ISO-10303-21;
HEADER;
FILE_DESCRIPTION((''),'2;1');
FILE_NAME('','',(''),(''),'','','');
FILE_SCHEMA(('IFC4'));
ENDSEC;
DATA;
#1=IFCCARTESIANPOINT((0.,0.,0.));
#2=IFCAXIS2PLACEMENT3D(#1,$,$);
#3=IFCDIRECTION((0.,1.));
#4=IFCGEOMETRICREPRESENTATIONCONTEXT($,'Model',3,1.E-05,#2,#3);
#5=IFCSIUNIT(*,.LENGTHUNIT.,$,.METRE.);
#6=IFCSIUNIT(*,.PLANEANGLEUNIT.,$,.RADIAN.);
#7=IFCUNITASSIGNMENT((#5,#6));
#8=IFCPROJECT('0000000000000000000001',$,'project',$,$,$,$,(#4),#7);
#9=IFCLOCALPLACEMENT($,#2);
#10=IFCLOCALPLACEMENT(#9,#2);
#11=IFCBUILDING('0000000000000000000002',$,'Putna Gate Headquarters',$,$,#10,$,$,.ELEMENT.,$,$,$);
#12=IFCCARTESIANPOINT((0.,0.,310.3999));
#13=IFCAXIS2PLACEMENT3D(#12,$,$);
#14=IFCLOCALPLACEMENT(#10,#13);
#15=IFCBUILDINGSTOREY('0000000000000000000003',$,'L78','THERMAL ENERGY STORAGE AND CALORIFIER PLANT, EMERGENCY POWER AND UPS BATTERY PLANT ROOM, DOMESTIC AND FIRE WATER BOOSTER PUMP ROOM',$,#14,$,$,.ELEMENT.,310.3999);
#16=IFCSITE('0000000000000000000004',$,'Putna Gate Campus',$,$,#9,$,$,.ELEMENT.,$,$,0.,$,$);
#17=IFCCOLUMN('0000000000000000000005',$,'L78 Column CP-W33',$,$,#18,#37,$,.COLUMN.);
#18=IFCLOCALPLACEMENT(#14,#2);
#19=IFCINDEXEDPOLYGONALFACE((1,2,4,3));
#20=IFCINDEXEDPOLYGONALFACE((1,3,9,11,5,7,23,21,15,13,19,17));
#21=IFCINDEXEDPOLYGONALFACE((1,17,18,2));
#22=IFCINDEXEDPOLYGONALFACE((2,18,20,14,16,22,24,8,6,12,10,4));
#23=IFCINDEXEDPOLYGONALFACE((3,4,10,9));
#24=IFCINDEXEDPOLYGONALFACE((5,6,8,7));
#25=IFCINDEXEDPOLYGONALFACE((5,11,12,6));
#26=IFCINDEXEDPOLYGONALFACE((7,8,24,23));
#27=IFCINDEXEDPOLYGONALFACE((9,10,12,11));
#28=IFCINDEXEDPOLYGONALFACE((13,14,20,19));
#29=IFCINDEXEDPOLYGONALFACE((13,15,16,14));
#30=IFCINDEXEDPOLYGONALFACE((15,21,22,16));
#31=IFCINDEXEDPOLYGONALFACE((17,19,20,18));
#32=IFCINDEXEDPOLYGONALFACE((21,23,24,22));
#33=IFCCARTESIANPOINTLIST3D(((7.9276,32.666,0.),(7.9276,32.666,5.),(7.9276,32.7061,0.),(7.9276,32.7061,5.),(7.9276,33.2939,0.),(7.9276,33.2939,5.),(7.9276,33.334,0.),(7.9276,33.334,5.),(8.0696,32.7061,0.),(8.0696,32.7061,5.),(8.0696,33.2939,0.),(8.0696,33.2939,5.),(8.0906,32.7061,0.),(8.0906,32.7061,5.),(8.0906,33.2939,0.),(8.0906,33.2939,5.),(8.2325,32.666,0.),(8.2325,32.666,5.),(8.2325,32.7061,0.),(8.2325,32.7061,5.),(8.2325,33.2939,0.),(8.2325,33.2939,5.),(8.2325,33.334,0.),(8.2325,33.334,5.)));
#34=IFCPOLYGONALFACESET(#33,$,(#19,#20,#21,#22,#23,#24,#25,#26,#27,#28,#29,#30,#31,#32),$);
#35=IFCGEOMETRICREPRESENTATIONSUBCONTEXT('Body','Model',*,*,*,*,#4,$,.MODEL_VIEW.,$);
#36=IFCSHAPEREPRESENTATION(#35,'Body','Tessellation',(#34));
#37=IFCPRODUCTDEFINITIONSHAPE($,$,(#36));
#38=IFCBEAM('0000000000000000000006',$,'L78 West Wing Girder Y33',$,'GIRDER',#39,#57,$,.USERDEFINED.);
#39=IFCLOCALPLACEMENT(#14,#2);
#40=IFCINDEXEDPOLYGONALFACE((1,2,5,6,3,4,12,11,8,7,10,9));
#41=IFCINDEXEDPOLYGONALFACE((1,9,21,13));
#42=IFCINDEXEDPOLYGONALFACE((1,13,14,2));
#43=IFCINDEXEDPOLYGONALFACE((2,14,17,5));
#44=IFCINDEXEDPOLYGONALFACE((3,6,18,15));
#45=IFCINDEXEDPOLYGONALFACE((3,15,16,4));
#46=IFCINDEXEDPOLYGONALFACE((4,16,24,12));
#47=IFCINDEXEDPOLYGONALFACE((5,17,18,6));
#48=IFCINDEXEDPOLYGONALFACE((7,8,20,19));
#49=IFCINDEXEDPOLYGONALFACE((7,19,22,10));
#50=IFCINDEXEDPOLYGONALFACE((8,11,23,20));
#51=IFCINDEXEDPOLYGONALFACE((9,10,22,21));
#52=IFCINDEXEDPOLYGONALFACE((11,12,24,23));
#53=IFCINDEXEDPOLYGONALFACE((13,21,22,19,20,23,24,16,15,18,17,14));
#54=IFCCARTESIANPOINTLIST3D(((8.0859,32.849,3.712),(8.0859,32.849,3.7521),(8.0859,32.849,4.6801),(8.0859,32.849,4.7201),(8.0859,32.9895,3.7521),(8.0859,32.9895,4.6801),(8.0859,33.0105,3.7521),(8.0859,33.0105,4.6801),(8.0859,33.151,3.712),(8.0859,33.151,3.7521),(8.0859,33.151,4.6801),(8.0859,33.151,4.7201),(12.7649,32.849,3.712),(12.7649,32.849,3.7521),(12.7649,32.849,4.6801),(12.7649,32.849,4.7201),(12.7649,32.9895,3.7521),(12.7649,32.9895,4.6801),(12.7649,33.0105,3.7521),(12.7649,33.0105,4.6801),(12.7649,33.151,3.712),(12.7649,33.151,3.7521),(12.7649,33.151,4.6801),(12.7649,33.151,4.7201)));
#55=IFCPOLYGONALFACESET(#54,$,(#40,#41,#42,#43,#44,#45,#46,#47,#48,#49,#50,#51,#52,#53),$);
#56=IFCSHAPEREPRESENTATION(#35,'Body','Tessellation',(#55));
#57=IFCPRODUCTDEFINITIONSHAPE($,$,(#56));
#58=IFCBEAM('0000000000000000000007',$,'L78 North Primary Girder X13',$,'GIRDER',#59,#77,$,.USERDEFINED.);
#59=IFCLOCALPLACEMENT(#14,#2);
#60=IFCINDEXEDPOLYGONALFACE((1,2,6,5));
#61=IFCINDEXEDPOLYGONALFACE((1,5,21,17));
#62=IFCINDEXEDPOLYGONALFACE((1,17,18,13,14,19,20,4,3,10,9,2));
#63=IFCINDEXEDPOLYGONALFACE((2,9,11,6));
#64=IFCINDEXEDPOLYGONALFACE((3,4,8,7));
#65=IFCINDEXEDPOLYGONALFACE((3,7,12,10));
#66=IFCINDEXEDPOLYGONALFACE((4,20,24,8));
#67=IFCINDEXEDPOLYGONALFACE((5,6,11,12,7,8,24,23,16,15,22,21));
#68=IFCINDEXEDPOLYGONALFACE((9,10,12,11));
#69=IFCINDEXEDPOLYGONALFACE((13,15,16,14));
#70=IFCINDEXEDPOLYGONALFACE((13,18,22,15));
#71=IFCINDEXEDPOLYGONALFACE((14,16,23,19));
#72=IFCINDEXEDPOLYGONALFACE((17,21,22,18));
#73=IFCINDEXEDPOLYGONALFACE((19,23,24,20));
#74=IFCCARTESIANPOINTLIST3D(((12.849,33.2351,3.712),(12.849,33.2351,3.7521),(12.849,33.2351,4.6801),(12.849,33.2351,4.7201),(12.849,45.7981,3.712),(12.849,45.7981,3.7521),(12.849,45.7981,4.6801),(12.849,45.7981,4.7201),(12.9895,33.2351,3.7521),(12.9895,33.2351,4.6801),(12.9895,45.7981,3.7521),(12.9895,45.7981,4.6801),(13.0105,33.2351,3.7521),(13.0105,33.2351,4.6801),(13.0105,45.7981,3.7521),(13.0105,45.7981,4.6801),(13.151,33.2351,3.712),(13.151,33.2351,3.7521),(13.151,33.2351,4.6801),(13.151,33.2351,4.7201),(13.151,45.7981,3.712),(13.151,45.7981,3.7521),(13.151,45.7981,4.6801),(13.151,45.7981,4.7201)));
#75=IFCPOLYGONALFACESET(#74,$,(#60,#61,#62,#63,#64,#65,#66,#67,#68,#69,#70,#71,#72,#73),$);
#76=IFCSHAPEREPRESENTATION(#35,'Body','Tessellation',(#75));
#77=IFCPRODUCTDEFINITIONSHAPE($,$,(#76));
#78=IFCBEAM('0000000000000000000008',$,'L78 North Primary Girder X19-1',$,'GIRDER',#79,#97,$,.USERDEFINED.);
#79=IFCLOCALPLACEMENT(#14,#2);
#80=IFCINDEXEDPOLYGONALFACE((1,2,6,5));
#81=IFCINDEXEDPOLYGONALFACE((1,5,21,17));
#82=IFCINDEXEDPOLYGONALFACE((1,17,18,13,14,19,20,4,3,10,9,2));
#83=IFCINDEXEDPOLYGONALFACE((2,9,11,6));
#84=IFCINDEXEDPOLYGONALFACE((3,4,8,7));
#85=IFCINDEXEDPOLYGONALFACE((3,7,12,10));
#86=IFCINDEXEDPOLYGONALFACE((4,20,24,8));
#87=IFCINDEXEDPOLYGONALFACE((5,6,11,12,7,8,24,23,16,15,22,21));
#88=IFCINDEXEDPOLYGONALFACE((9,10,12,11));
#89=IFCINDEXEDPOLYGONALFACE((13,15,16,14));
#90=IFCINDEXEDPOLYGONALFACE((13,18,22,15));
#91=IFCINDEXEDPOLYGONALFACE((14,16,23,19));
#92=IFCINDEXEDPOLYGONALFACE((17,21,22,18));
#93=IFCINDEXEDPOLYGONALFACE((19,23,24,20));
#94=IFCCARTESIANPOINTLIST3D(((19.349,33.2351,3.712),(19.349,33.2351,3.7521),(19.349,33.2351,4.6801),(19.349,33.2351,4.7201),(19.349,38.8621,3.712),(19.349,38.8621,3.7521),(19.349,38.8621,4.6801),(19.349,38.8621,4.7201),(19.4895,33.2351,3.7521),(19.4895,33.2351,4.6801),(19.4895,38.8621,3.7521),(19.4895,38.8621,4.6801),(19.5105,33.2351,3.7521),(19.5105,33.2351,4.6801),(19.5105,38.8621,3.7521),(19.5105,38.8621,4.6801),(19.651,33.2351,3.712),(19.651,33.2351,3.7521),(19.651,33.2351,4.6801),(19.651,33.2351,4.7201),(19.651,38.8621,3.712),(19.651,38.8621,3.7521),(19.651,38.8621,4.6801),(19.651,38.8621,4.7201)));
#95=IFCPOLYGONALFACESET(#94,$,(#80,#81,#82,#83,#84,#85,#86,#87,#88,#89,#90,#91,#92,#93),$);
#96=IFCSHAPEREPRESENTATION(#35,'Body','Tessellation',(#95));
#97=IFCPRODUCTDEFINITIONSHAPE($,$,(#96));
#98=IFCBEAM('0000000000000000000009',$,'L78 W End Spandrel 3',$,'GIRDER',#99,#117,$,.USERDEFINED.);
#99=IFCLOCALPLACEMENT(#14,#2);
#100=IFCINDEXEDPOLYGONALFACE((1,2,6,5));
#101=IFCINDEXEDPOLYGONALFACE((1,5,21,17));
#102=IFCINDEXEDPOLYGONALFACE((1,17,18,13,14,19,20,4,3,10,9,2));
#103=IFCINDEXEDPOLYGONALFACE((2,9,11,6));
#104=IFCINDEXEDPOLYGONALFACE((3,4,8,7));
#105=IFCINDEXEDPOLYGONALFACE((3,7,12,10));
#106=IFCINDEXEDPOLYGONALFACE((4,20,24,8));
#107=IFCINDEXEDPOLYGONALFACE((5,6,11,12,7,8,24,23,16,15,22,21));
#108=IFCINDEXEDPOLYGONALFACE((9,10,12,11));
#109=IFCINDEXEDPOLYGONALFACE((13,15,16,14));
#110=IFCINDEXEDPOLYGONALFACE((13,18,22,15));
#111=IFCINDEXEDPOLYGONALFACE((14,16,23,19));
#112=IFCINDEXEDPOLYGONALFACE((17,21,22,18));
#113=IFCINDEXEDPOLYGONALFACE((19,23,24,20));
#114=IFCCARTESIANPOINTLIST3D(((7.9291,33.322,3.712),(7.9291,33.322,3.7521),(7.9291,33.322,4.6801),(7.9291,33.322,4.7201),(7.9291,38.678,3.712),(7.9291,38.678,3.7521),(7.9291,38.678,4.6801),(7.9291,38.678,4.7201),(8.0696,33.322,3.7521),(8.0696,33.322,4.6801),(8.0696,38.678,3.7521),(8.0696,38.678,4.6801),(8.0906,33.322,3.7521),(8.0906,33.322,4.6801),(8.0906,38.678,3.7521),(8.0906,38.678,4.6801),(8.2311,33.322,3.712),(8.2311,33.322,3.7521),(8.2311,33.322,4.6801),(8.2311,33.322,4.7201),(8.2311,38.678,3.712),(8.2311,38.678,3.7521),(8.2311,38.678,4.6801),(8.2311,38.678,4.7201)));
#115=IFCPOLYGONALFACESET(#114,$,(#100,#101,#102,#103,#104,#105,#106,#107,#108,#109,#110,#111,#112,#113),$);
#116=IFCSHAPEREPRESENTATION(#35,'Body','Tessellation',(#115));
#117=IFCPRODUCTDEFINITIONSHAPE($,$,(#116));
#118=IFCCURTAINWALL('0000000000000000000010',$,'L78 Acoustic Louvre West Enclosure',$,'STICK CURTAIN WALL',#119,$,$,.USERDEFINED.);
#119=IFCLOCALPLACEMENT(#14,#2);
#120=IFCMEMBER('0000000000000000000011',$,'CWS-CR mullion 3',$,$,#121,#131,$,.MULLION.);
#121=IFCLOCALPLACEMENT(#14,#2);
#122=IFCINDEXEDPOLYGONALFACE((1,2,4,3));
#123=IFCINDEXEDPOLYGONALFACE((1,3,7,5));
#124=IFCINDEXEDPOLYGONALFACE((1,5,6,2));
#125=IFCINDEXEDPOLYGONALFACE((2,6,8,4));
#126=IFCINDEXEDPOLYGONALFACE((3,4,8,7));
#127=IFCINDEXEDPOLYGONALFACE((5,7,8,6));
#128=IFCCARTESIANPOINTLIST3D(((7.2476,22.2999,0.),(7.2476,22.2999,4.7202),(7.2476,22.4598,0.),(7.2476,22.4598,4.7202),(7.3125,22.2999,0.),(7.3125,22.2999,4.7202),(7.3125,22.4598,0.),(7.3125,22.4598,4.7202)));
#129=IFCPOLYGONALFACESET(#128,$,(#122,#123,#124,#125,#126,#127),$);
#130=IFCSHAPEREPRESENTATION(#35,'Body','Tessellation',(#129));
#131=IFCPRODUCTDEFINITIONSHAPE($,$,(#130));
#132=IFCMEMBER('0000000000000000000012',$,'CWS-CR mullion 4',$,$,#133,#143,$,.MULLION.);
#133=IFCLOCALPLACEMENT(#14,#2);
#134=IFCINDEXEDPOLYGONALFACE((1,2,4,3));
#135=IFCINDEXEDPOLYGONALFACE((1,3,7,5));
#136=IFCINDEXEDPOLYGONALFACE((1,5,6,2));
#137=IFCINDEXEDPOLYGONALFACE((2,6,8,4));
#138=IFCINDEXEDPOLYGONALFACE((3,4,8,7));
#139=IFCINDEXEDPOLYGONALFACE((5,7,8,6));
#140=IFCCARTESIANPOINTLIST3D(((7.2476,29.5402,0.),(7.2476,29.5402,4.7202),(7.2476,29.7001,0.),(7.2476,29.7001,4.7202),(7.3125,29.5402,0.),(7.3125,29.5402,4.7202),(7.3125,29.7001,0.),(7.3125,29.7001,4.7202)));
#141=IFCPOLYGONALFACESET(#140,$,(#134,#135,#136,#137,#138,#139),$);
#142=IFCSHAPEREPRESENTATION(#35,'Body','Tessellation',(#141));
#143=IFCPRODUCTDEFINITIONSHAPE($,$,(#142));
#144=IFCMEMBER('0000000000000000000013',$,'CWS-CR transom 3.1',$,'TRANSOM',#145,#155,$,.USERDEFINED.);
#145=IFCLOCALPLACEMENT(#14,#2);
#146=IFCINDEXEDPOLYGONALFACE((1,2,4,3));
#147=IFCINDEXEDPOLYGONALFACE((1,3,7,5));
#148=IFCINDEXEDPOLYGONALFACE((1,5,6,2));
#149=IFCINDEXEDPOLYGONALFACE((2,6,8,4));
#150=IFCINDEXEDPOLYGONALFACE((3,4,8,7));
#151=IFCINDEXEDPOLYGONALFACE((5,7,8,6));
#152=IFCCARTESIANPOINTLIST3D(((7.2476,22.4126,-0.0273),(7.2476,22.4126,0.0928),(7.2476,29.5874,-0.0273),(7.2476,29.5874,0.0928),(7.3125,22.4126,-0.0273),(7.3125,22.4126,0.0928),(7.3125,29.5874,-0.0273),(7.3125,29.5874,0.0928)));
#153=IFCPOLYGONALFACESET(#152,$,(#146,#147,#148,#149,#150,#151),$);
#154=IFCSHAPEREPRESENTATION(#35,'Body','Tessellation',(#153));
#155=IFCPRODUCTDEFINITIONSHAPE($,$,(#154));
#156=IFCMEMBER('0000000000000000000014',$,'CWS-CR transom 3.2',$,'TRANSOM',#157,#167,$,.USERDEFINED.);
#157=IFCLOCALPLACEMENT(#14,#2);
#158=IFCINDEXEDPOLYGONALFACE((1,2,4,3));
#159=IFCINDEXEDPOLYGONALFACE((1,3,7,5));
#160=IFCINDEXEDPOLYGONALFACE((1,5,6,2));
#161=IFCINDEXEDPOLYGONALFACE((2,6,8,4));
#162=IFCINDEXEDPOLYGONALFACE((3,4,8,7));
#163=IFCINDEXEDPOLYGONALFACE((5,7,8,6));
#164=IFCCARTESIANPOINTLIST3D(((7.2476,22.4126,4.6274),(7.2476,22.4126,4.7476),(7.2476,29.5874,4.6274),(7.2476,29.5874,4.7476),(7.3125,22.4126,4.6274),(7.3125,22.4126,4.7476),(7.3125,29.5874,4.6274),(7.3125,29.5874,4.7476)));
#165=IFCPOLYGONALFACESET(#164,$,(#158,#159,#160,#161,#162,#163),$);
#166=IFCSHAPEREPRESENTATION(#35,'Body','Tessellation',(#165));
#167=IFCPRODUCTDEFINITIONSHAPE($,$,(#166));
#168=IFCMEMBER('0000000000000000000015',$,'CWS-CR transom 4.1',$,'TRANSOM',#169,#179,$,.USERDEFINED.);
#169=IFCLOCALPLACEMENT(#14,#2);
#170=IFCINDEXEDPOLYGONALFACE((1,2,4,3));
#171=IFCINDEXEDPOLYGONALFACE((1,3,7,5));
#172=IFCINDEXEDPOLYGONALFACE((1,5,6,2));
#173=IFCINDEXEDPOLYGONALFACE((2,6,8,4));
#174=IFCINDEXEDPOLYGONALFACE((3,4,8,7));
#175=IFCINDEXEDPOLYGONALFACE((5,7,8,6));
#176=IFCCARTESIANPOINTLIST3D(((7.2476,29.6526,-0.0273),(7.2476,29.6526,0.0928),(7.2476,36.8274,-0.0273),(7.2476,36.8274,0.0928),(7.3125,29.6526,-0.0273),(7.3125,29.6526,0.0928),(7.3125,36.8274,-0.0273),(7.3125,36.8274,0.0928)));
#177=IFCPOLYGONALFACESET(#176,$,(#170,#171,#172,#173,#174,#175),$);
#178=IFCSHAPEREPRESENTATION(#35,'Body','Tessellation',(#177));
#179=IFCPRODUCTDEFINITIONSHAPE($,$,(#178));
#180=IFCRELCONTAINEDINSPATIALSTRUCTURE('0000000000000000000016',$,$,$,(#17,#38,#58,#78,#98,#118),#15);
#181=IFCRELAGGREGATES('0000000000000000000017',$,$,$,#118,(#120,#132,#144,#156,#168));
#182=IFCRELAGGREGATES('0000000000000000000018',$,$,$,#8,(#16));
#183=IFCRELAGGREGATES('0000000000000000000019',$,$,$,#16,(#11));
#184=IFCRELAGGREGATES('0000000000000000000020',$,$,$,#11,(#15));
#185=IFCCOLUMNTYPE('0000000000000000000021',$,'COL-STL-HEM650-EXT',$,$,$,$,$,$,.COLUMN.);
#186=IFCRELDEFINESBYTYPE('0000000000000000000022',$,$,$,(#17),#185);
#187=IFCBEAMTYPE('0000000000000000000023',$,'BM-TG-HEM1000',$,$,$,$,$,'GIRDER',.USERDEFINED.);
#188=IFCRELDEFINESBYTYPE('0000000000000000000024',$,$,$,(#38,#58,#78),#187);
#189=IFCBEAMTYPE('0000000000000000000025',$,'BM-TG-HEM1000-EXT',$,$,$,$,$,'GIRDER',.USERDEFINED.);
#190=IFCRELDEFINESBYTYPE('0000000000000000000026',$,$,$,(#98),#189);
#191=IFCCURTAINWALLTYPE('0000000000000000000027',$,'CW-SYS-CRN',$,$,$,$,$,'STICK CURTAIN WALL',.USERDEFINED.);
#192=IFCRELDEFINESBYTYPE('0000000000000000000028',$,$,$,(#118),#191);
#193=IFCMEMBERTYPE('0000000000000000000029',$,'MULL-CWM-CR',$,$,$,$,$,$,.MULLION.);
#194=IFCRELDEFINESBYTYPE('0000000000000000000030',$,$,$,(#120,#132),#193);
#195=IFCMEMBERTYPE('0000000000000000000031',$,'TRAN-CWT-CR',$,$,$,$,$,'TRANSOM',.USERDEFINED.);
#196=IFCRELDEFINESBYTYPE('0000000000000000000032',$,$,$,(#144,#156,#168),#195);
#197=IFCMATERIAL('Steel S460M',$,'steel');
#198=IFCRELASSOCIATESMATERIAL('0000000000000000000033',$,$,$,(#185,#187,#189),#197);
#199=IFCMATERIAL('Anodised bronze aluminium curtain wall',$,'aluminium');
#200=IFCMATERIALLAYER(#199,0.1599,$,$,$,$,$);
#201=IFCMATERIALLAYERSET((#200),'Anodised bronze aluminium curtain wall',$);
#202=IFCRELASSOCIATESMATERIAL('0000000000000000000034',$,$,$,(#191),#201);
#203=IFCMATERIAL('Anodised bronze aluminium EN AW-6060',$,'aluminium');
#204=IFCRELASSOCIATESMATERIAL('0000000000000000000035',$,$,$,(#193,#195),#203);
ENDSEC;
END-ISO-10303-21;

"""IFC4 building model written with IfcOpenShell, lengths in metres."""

from ifc_helpers import new_model, si_unit, direction, frame, origin, origin_2d, place, context, subcontext, project, spatial, rectangle, i_section, extrude, material, layer, layer_set, material_profile, profile_set, type_object, element, aggregate, save


model = new_model("IFC4")

# Units and contexts
model_context = context("Model", 3, precision=1e-05, world=origin(), true_north=direction((0.0, 1.0)))
body_context = subcontext(model_context, "Body", "Model", "MODEL_VIEW")
ifc_project = project(units=[si_unit("LENGTHUNIT", "METRE"), si_unit("PLANEANGLEUNIT", "RADIAN")], contexts=[model_context])

# Site, building, storey
site_placement = place(None, origin())
site = spatial("IfcSite", under=ifc_project, at=site_placement, Name="Putna Gate Campus", CompositionType="ELEMENT", RefElevation=0.0)
building_placement = place(site_placement, origin())
building = spatial("IfcBuilding", under=site, at=building_placement, Name="Putna Gate Headquarters", CompositionType="ELEMENT")
storey_placement = place(building_placement, frame((0.0, 0.0, 310.3999)))
storey = spatial("IfcBuildingStorey", under=building, at=storey_placement, Name="L78", Description="THERMAL ENERGY STORAGE AND CALORIFIER PLANT, EMERGENCY POWER AND UPS BATTERY PLANT ROOM, DOMESTIC AND FIRE WATER BOOSTER PUMP ROOM", CompositionType="ELEMENT", Elevation=310.3999)

# Column
ifc_material_1 = material(Name="Steel S460M", Category="steel")
ifc_material_profile_1 = material_profile(ifc_material_1, i_section(OverallWidth=0.3049, OverallDepth=0.668, WebThickness=0.021, FlangeThickness=0.04, at=origin_2d()), Name="Steel S460M")
ifc_profile_set_1 = profile_set([ifc_material_profile_1], Name="Steel S460M")
column_type = type_object("IfcColumnType", Name="COL-STL-HEM650-EXT", PredefinedType="COLUMN", material=ifc_profile_set_1)
column_placement = place(storey_placement, frame((8.0801, 33.0, 0.0), z_axis=(0.0, 0.0, 1.0), x_axis=(1.0, 0.0, 0.0)))
element("IfcColumn", 1, at=column_placement, inside=storey, type_object=column_type, Name="L78 Column CP-W33", PredefinedType="COLUMN", context=body_context, shape_type="SweptSolid", body=[
    extrude(i_section(OverallWidth=0.3049, OverallDepth=0.668, WebThickness=0.021, FlangeThickness=0.04, at=origin_2d()), origin(), (0.0, 0.0, 1.0), 5.0),
])

# Beams
ifc_material_profile_2 = material_profile(ifc_material_1, i_section(OverallWidth=0.302, OverallDepth=1.0081, WebThickness=0.021, FlangeThickness=0.04, at=origin_2d()), Name="Steel S460M")
ifc_profile_set_2 = profile_set([ifc_material_profile_2], Name="Steel S460M")
beam_type_1 = type_object("IfcBeamType", Name="BM-TG-HEM1000", ElementType="GIRDER", PredefinedType="USERDEFINED", material=ifc_profile_set_2)
beam_1_placement = place(storey_placement, frame((8.0859, 33.0, 4.2161), z_axis=(1.0, 0.0, 0.0), x_axis=(0.0, 1.0, 0.0)))
element("IfcBeam", 2, at=beam_1_placement, inside=storey, type_object=beam_type_1, Name="L78 West Wing Girder Y33", ObjectType="GIRDER", PredefinedType="USERDEFINED", context=body_context, shape_type="SweptSolid", body=[
    extrude(i_section(OverallWidth=0.302, OverallDepth=1.0081, WebThickness=0.021, FlangeThickness=0.04, at=origin_2d()), origin(), (0.0, 0.0, 1.0), 4.679),
])
beam_2_placement = place(storey_placement, frame((13.0, 33.2351, 4.2161), z_axis=(0.0, 1.0, 0.0), x_axis=(-1.0, 0.0, 0.0)))
element("IfcBeam", 3, at=beam_2_placement, inside=storey, type_object=beam_type_1, Name="L78 North Primary Girder X13", ObjectType="GIRDER", PredefinedType="USERDEFINED", context=body_context, shape_type="SweptSolid", body=[
    extrude(i_section(OverallWidth=0.302, OverallDepth=1.0081, WebThickness=0.021, FlangeThickness=0.04, at=origin_2d()), origin(), (0.0, 0.0, 1.0), 12.563),
])
beam_3_placement = place(storey_placement, frame((19.5, 33.2351, 4.2161), z_axis=(0.0, 1.0, 0.0), x_axis=(-1.0, 0.0, 0.0)))
element("IfcBeam", 4, at=beam_3_placement, inside=storey, type_object=beam_type_1, Name="L78 North Primary Girder X19-1", ObjectType="GIRDER", PredefinedType="USERDEFINED", context=body_context, shape_type="SweptSolid", body=[
    extrude(i_section(OverallWidth=0.302, OverallDepth=1.0081, WebThickness=0.021, FlangeThickness=0.04, at=origin_2d()), origin(), (0.0, 0.0, 1.0), 5.627),
])
ifc_material_profile_3 = material_profile(ifc_material_1, i_section(OverallWidth=0.302, OverallDepth=1.0081, WebThickness=0.021, FlangeThickness=0.04, at=origin_2d()), Name="Steel S460M")
ifc_profile_set_3 = profile_set([ifc_material_profile_3], Name="Steel S460M")
beam_type_2 = type_object("IfcBeamType", Name="BM-TG-HEM1000-EXT", ElementType="GIRDER", PredefinedType="USERDEFINED", material=ifc_profile_set_3)
beam_4_placement = place(storey_placement, frame((8.0801, 33.322, 4.2161), z_axis=(0.0, 1.0, 0.0), x_axis=(-1.0, 0.0, 0.0)))
element("IfcBeam", 5, at=beam_4_placement, inside=storey, type_object=beam_type_2, Name="L78 W End Spandrel 3", ObjectType="GIRDER", PredefinedType="USERDEFINED", context=body_context, shape_type="SweptSolid", body=[
    extrude(i_section(OverallWidth=0.302, OverallDepth=1.0081, WebThickness=0.021, FlangeThickness=0.04, at=origin_2d()), origin(), (0.0, 0.0, 1.0), 5.356),
])

# Curtain wall, members
ifc_material_2 = material(Name="Anodised bronze aluminium curtain wall", Category="aluminium")
ifc_layer_1 = layer(ifc_material_2, 0.1599)
ifc_layer_set_1 = layer_set([ifc_layer_1], Name="Anodised bronze aluminium curtain wall")
curtain_wall_type = type_object("IfcCurtainWallType", Name="CW-SYS-CRN", ElementType="STICK CURTAIN WALL", PredefinedType="USERDEFINED", material=ifc_layer_set_1)
curtain_wall_placement = place(storey_placement, origin())
curtain_wall = element("IfcCurtainWall", 6, at=curtain_wall_placement, inside=storey, type_object=curtain_wall_type, Name="L78 Acoustic Louvre West Enclosure", ObjectType="STICK CURTAIN WALL", PredefinedType="USERDEFINED")
ifc_material_3 = material(Name="Anodised bronze aluminium EN AW-6060", Category="aluminium")
ifc_material_profile_4 = material_profile(ifc_material_3, rectangle(XDim=0.0649, YDim=0.1599, at=origin_2d()), Name="Anodised bronze aluminium EN AW-6060")
ifc_profile_set_4 = profile_set([ifc_material_profile_4], Name="Anodised bronze aluminium EN AW-6060")
member_type_1 = type_object("IfcMemberType", Name="MULL-CWM-CR", PredefinedType="MULLION", material=ifc_profile_set_4)
member_1_placement = place(storey_placement, frame((7.28, 22.3799, 0.0), z_axis=(0.0, 0.0, 1.0), x_axis=(-1.0, 0.0, 0.0)))
member_1 = element("IfcMember", 7, at=member_1_placement, type_object=member_type_1, Name="CWS-CR mullion 3", PredefinedType="MULLION", context=body_context, shape_type="SweptSolid", body=[
    extrude(rectangle(XDim=0.0649, YDim=0.1599, at=origin_2d()), origin(), (0.0, 0.0, 1.0), 4.7202),
])
member_2_placement = place(storey_placement, frame((7.28, 29.6201, 0.0), z_axis=(0.0, 0.0, 1.0), x_axis=(-1.0, 0.0, 0.0)))
member_2 = element("IfcMember", 8, at=member_2_placement, type_object=member_type_1, Name="CWS-CR mullion 4", PredefinedType="MULLION", context=body_context, shape_type="SweptSolid", body=[
    extrude(rectangle(XDim=0.0649, YDim=0.1599, at=origin_2d()), origin(), (0.0, 0.0, 1.0), 4.7202),
])
ifc_material_profile_5 = material_profile(ifc_material_3, rectangle(XDim=0.0649, YDim=0.1201, at=origin_2d()), Name="Anodised bronze aluminium EN AW-6060")
ifc_profile_set_5 = profile_set([ifc_material_profile_5], Name="Anodised bronze aluminium EN AW-6060")
member_type_2 = type_object("IfcMemberType", Name="TRAN-CWT-CR", ElementType="TRANSOM", PredefinedType="USERDEFINED", material=ifc_profile_set_5)
member_3_placement = place(storey_placement, frame((7.28, 22.4126, 0.0327), z_axis=(0.0, 1.0, 0.0), x_axis=(-1.0, 0.0, 0.0)))
member_3 = element("IfcMember", 9, at=member_3_placement, type_object=member_type_2, Name="CWS-CR transom 3.1", ObjectType="TRANSOM", PredefinedType="USERDEFINED", context=body_context, shape_type="SweptSolid", body=[
    extrude(rectangle(XDim=0.0649, YDim=0.1201, at=origin_2d()), origin(), (0.0, 0.0, 1.0), 7.1748),
])
member_4_placement = place(storey_placement, frame((7.28, 22.4126, 4.6875), z_axis=(0.0, 1.0, 0.0), x_axis=(-1.0, 0.0, 0.0)))
member_4 = element("IfcMember", 10, at=member_4_placement, type_object=member_type_2, Name="CWS-CR transom 3.2", ObjectType="TRANSOM", PredefinedType="USERDEFINED", context=body_context, shape_type="SweptSolid", body=[
    extrude(rectangle(XDim=0.0649, YDim=0.1201, at=origin_2d()), origin(), (0.0, 0.0, 1.0), 7.1748),
])
member_5_placement = place(storey_placement, frame((7.28, 29.6526, 0.0327), z_axis=(0.0, 1.0, 0.0), x_axis=(-1.0, 0.0, 0.0)))
member_5 = element("IfcMember", 11, at=member_5_placement, type_object=member_type_2, Name="CWS-CR transom 4.1", ObjectType="TRANSOM", PredefinedType="USERDEFINED", context=body_context, shape_type="SweptSolid", body=[
    extrude(rectangle(XDim=0.0649, YDim=0.1201, at=origin_2d()), origin(), (0.0, 0.0, 1.0), 7.1748),
])
aggregate(curtain_wall, [member_1, member_2, member_3, member_4, member_5])

save(model, "model.ifc")
